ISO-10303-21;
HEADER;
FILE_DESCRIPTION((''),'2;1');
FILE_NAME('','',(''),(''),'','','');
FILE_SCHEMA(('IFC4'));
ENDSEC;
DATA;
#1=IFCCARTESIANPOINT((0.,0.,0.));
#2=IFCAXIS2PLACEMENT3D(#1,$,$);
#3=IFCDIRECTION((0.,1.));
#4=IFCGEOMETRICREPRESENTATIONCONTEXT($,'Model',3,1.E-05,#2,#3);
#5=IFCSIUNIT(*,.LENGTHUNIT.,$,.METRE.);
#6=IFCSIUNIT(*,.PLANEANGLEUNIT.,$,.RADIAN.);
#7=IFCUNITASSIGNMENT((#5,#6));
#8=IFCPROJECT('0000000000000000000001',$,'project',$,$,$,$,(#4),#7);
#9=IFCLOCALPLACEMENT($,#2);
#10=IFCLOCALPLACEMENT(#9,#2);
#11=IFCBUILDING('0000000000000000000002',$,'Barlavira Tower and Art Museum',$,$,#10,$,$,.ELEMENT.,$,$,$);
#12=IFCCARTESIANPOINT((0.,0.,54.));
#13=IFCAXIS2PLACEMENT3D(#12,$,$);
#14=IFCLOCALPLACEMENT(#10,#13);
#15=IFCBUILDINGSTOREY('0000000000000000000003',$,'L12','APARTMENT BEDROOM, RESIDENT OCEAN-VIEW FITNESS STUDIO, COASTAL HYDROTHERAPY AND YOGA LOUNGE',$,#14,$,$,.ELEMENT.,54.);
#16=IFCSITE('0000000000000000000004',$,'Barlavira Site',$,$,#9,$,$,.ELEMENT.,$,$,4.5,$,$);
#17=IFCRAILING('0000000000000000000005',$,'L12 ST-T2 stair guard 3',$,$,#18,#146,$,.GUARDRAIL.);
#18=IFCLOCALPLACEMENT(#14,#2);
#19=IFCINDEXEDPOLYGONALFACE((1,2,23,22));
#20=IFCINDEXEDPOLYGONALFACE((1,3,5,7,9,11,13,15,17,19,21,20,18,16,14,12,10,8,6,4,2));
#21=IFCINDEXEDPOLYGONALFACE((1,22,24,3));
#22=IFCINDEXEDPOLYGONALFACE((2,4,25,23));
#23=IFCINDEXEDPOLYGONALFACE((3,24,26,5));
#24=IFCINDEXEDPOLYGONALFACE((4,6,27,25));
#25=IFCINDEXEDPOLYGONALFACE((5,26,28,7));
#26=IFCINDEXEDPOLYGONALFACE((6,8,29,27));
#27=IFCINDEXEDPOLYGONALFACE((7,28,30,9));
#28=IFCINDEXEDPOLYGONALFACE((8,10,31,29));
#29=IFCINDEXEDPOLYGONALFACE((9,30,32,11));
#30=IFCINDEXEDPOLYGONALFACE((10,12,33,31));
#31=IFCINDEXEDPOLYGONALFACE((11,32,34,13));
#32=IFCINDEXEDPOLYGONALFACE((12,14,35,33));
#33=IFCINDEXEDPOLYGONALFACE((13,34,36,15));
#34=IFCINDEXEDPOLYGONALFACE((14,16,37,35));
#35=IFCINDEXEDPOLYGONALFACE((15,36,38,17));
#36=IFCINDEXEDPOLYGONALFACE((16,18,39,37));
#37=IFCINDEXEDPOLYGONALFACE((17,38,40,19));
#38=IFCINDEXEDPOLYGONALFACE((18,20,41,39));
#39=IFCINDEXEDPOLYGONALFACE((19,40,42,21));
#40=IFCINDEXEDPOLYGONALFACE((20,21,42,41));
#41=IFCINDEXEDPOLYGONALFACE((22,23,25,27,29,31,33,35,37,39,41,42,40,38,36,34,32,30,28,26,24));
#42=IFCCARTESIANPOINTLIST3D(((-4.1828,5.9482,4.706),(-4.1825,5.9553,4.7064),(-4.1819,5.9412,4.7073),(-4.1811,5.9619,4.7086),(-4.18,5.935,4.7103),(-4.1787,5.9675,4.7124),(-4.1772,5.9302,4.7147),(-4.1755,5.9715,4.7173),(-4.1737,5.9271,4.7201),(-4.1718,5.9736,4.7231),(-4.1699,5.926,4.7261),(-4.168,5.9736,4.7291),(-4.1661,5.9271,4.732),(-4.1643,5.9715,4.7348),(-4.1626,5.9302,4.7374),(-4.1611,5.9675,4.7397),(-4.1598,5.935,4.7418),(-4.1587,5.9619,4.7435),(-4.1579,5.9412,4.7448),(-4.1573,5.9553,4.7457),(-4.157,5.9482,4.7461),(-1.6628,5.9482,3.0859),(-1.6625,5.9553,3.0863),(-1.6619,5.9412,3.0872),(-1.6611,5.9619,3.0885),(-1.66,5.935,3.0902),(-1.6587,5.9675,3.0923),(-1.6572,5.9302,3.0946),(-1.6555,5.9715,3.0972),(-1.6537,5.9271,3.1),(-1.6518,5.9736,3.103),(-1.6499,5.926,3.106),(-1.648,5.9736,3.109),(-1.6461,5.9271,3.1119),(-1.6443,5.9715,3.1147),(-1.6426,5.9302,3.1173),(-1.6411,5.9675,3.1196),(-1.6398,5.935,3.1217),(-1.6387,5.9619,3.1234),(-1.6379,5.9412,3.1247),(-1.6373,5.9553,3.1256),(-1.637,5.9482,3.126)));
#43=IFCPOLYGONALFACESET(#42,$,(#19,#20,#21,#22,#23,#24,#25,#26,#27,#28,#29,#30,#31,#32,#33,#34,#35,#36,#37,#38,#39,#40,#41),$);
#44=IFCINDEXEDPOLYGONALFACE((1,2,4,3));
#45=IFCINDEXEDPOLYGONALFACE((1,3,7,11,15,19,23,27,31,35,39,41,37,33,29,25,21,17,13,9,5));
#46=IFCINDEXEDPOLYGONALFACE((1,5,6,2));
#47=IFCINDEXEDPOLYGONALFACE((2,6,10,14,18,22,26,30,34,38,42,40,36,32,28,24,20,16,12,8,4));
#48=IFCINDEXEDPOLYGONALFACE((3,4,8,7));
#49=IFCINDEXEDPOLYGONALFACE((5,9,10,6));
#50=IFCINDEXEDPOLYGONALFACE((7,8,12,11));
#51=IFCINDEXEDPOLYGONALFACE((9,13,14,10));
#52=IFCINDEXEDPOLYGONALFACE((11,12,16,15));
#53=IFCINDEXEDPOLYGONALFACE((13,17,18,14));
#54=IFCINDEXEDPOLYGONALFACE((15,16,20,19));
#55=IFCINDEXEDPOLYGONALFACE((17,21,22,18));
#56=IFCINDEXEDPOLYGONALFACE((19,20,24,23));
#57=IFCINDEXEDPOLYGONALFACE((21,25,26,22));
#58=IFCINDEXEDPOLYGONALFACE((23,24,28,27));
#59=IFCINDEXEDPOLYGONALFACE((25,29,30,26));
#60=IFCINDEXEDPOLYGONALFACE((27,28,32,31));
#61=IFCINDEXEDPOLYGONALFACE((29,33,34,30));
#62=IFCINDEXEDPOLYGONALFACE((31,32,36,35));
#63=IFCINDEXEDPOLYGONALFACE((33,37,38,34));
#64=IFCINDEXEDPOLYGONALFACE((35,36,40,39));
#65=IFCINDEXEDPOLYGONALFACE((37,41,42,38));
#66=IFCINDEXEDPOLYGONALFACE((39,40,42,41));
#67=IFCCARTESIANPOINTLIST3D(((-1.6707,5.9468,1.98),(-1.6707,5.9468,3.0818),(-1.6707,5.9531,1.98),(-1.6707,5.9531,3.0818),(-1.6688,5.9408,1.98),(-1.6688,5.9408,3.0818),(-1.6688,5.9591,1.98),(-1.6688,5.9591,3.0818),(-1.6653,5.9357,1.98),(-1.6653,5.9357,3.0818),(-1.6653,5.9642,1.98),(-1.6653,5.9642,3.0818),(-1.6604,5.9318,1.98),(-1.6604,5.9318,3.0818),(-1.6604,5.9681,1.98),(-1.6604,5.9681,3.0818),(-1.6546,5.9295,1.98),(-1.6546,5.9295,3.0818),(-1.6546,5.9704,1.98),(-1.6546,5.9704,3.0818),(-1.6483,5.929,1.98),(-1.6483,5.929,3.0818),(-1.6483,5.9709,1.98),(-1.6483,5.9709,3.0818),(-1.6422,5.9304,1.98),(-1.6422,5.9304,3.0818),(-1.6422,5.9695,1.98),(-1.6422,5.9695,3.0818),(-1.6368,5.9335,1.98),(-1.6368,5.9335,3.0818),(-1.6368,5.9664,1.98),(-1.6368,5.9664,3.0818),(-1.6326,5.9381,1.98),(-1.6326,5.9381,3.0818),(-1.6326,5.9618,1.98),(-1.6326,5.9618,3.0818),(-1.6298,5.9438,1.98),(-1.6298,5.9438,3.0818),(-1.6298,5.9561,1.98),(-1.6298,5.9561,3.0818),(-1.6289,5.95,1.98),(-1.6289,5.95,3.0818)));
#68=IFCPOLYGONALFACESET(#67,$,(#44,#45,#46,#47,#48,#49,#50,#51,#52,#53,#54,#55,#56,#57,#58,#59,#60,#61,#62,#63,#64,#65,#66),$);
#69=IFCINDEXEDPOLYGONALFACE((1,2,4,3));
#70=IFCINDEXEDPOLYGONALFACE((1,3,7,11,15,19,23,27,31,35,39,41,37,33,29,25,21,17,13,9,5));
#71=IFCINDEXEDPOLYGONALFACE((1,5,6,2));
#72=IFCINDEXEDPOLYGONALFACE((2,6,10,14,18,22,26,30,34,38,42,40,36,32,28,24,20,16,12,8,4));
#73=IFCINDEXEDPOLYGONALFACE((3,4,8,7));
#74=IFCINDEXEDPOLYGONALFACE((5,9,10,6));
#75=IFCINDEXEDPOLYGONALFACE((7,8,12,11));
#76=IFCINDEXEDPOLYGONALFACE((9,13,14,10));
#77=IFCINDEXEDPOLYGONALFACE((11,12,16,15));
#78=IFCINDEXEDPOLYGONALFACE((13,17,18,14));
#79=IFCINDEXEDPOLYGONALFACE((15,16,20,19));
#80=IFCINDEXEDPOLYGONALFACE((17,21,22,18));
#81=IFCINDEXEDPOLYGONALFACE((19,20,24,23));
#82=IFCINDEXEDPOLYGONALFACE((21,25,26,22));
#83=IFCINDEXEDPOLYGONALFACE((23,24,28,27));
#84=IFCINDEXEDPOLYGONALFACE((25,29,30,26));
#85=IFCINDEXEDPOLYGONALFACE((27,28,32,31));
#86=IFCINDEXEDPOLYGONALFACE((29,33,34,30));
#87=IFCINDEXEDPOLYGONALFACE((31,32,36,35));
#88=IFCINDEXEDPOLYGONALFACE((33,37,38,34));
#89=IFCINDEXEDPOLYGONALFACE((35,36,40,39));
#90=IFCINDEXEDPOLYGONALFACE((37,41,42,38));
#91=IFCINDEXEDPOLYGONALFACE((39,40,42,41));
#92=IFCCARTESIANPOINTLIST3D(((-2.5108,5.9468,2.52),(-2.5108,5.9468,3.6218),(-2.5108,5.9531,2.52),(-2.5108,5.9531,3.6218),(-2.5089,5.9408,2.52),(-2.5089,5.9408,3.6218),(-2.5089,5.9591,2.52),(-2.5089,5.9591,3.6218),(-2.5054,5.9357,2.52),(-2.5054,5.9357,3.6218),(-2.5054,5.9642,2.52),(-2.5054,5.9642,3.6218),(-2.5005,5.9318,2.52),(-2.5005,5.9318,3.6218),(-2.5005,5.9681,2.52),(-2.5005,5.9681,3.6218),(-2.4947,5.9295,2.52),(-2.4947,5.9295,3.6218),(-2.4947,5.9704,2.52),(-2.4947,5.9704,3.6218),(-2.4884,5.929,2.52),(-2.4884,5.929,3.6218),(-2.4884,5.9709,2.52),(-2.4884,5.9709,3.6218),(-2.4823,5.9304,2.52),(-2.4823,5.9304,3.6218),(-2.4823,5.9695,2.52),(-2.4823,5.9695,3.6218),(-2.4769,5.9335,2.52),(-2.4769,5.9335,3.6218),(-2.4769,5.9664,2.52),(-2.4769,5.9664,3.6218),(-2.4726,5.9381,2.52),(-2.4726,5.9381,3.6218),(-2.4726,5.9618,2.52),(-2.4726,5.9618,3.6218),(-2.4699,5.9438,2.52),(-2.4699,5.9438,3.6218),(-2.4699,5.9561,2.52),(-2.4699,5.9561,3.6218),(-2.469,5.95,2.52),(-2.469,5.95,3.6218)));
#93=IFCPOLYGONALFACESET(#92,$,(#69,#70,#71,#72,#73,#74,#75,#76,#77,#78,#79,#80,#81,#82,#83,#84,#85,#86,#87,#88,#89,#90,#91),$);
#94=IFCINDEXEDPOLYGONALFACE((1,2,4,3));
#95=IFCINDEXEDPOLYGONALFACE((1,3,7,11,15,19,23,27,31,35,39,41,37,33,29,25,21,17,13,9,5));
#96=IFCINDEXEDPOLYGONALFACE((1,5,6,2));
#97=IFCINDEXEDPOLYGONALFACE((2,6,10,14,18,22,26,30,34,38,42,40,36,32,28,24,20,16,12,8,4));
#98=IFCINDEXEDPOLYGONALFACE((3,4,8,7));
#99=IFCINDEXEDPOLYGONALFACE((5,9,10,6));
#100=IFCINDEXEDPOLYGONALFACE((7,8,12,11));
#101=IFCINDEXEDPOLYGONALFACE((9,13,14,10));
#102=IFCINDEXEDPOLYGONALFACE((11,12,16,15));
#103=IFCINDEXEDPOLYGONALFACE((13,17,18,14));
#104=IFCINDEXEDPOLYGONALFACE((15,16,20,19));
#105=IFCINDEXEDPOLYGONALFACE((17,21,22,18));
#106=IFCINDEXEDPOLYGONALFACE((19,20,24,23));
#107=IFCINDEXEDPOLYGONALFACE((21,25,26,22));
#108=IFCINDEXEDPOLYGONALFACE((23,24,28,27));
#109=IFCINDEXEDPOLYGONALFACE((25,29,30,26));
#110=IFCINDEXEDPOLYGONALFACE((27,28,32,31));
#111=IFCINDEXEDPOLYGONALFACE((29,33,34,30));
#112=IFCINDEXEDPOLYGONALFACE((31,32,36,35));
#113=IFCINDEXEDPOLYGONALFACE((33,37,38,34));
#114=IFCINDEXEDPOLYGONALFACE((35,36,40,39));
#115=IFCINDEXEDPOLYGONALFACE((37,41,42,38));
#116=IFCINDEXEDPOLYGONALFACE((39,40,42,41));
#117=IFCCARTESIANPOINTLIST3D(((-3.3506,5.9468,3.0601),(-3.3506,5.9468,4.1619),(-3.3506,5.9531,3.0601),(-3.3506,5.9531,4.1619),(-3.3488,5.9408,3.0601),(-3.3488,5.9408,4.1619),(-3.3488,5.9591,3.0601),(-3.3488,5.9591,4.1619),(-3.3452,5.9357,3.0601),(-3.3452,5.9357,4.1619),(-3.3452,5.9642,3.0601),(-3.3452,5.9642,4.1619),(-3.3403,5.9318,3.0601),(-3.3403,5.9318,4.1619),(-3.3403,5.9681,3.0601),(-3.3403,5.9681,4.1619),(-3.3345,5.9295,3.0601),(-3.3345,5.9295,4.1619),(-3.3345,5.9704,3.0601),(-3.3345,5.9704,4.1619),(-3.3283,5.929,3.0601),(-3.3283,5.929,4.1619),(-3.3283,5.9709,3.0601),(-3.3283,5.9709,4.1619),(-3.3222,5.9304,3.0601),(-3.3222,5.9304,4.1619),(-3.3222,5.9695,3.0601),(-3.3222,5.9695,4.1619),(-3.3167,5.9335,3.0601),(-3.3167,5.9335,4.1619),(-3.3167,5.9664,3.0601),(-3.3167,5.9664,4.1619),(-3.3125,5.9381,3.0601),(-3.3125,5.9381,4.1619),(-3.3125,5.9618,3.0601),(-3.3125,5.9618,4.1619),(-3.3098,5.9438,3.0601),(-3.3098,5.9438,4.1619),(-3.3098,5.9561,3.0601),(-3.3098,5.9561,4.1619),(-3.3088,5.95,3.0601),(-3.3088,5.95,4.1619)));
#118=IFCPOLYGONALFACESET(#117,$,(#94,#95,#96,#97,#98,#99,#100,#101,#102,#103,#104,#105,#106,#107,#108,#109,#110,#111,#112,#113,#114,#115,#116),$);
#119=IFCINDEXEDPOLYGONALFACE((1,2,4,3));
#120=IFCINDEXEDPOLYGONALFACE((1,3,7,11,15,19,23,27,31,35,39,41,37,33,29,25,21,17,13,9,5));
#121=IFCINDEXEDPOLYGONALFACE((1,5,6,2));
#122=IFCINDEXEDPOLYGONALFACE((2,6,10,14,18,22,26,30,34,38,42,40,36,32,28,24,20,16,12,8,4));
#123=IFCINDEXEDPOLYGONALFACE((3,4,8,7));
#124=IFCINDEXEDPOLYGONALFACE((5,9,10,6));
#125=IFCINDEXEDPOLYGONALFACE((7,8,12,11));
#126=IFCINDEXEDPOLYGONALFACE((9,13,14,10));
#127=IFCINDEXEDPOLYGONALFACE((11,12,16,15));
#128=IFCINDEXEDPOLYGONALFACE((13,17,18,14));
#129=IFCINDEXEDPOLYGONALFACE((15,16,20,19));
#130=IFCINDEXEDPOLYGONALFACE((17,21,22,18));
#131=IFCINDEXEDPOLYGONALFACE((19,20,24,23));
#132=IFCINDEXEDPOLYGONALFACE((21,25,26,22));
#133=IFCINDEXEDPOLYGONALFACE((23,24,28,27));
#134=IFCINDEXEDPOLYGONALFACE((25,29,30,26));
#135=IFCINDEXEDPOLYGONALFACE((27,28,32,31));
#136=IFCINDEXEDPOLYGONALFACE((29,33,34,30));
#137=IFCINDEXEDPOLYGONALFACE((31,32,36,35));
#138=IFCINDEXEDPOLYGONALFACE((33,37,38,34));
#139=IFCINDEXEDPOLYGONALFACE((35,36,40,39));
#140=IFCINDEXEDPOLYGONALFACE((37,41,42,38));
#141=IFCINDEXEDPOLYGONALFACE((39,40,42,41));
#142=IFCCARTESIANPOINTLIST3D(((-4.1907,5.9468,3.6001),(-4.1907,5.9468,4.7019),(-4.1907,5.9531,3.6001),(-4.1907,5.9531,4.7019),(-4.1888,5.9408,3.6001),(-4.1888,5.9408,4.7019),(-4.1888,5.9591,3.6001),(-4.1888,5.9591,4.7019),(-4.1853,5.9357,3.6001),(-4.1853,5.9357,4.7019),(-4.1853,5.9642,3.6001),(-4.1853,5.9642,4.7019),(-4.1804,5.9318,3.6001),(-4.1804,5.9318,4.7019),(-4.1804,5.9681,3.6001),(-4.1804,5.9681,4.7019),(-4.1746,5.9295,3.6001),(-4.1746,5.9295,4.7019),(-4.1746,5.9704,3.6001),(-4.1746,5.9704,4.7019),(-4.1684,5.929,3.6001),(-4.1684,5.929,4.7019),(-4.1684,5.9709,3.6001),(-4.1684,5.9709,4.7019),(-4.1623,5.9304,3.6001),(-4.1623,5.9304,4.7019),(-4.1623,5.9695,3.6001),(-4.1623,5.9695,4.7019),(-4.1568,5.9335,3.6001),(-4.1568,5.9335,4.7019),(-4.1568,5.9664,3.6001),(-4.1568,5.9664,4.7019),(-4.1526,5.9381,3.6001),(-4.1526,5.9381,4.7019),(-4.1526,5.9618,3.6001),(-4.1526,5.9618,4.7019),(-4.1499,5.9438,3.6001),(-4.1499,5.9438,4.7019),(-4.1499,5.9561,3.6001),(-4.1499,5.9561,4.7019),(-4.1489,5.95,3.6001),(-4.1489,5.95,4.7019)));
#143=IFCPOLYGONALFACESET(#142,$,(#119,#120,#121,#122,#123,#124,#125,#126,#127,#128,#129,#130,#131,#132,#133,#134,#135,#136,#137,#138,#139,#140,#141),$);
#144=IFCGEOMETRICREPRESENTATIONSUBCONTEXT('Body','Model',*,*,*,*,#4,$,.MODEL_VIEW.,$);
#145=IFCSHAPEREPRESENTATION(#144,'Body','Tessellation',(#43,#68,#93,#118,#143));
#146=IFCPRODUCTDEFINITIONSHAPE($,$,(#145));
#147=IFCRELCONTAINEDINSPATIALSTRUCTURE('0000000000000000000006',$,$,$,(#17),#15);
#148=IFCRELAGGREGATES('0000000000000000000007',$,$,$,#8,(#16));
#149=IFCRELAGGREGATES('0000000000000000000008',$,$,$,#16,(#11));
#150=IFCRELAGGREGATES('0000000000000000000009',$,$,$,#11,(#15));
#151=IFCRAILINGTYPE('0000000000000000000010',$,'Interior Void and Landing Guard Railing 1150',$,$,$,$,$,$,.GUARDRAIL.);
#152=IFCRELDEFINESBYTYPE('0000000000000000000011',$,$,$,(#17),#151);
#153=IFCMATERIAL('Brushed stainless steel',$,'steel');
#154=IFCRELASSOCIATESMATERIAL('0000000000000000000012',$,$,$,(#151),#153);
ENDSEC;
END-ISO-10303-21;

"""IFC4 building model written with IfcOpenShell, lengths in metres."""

from ifc_helpers import new_model, si_unit, direction, frame, origin, origin_2d, place, context, subcontext, project, spatial, circle, extrude, material, type_object, element, save


model = new_model("IFC4")

# Units and contexts
model_context = context("Model", 3, precision=1e-05, world=origin(), true_north=direction((0.0, 1.0)))
body_context = subcontext(model_context, "Body", "Model", "MODEL_VIEW")
ifc_project = project(units=[si_unit("LENGTHUNIT", "METRE"), si_unit("PLANEANGLEUNIT", "RADIAN")], contexts=[model_context])

# Site, building, storey
site_placement = place(None, origin())
site = spatial("IfcSite", under=ifc_project, at=site_placement, Name="Barlavira Site", CompositionType="ELEMENT", RefElevation=4.5)
building_placement = place(site_placement, origin())
building = spatial("IfcBuilding", under=site, at=building_placement, Name="Barlavira Tower and Art Museum", CompositionType="ELEMENT")
storey_placement = place(building_placement, frame((0.0, 0.0, 54.0)))
storey = spatial("IfcBuildingStorey", under=building, at=storey_placement, Name="L12", Description="APARTMENT BEDROOM, RESIDENT OCEAN-VIEW FITNESS STUDIO, COASTAL HYDROTHERAPY AND YOGA LOUNGE", CompositionType="ELEMENT", Elevation=54.0)

# Shared definitions
ifc_material_1 = material(Name="Brushed stainless steel", Category="steel")

# Railing
railing_type_1 = type_object("IfcRailingType", Name="Interior Void and Landing Guard Railing 1150", PredefinedType="GUARDRAIL", material=ifc_material_1)
railing_1_placement = place(storey_placement, frame((-1.6499, 5.95, 1.98)))
element("IfcRailing", 1, at=railing_1_placement, inside=storey, type_object=railing_type_1, Name="L12 ST-T2 stair guard 3", PredefinedType="GUARDRAIL", context=body_context, shape_type="SweptSolid", body=[
    extrude(circle(Radius=0.0239, at=origin_2d()), frame((0.0, 0.0, 1.126), z_axis=(-0.841163, 0.0, 0.540782), x_axis=(0.0, -1.0, 0.0)), (0.0, 0.0, 1.0), 2.9958),
    extrude(circle(Radius=0.021, at=origin_2d()), origin(), (0.0, 0.0, 1.0), 1.1018),
    extrude(circle(Radius=0.021, at=origin_2d()), frame((-0.8401, 0.0, 0.54)), (0.0, 0.0, 1.0), 1.1018),
    extrude(circle(Radius=0.021, at=origin_2d()), frame((-1.6799, 0.0, 1.0801)), (0.0, 0.0, 1.0), 1.1018),
    extrude(circle(Radius=0.021, at=origin_2d()), frame((-2.52, 0.0, 1.6201)), (0.0, 0.0, 1.0), 1.1018),
])

save(model, "model.ifc")
